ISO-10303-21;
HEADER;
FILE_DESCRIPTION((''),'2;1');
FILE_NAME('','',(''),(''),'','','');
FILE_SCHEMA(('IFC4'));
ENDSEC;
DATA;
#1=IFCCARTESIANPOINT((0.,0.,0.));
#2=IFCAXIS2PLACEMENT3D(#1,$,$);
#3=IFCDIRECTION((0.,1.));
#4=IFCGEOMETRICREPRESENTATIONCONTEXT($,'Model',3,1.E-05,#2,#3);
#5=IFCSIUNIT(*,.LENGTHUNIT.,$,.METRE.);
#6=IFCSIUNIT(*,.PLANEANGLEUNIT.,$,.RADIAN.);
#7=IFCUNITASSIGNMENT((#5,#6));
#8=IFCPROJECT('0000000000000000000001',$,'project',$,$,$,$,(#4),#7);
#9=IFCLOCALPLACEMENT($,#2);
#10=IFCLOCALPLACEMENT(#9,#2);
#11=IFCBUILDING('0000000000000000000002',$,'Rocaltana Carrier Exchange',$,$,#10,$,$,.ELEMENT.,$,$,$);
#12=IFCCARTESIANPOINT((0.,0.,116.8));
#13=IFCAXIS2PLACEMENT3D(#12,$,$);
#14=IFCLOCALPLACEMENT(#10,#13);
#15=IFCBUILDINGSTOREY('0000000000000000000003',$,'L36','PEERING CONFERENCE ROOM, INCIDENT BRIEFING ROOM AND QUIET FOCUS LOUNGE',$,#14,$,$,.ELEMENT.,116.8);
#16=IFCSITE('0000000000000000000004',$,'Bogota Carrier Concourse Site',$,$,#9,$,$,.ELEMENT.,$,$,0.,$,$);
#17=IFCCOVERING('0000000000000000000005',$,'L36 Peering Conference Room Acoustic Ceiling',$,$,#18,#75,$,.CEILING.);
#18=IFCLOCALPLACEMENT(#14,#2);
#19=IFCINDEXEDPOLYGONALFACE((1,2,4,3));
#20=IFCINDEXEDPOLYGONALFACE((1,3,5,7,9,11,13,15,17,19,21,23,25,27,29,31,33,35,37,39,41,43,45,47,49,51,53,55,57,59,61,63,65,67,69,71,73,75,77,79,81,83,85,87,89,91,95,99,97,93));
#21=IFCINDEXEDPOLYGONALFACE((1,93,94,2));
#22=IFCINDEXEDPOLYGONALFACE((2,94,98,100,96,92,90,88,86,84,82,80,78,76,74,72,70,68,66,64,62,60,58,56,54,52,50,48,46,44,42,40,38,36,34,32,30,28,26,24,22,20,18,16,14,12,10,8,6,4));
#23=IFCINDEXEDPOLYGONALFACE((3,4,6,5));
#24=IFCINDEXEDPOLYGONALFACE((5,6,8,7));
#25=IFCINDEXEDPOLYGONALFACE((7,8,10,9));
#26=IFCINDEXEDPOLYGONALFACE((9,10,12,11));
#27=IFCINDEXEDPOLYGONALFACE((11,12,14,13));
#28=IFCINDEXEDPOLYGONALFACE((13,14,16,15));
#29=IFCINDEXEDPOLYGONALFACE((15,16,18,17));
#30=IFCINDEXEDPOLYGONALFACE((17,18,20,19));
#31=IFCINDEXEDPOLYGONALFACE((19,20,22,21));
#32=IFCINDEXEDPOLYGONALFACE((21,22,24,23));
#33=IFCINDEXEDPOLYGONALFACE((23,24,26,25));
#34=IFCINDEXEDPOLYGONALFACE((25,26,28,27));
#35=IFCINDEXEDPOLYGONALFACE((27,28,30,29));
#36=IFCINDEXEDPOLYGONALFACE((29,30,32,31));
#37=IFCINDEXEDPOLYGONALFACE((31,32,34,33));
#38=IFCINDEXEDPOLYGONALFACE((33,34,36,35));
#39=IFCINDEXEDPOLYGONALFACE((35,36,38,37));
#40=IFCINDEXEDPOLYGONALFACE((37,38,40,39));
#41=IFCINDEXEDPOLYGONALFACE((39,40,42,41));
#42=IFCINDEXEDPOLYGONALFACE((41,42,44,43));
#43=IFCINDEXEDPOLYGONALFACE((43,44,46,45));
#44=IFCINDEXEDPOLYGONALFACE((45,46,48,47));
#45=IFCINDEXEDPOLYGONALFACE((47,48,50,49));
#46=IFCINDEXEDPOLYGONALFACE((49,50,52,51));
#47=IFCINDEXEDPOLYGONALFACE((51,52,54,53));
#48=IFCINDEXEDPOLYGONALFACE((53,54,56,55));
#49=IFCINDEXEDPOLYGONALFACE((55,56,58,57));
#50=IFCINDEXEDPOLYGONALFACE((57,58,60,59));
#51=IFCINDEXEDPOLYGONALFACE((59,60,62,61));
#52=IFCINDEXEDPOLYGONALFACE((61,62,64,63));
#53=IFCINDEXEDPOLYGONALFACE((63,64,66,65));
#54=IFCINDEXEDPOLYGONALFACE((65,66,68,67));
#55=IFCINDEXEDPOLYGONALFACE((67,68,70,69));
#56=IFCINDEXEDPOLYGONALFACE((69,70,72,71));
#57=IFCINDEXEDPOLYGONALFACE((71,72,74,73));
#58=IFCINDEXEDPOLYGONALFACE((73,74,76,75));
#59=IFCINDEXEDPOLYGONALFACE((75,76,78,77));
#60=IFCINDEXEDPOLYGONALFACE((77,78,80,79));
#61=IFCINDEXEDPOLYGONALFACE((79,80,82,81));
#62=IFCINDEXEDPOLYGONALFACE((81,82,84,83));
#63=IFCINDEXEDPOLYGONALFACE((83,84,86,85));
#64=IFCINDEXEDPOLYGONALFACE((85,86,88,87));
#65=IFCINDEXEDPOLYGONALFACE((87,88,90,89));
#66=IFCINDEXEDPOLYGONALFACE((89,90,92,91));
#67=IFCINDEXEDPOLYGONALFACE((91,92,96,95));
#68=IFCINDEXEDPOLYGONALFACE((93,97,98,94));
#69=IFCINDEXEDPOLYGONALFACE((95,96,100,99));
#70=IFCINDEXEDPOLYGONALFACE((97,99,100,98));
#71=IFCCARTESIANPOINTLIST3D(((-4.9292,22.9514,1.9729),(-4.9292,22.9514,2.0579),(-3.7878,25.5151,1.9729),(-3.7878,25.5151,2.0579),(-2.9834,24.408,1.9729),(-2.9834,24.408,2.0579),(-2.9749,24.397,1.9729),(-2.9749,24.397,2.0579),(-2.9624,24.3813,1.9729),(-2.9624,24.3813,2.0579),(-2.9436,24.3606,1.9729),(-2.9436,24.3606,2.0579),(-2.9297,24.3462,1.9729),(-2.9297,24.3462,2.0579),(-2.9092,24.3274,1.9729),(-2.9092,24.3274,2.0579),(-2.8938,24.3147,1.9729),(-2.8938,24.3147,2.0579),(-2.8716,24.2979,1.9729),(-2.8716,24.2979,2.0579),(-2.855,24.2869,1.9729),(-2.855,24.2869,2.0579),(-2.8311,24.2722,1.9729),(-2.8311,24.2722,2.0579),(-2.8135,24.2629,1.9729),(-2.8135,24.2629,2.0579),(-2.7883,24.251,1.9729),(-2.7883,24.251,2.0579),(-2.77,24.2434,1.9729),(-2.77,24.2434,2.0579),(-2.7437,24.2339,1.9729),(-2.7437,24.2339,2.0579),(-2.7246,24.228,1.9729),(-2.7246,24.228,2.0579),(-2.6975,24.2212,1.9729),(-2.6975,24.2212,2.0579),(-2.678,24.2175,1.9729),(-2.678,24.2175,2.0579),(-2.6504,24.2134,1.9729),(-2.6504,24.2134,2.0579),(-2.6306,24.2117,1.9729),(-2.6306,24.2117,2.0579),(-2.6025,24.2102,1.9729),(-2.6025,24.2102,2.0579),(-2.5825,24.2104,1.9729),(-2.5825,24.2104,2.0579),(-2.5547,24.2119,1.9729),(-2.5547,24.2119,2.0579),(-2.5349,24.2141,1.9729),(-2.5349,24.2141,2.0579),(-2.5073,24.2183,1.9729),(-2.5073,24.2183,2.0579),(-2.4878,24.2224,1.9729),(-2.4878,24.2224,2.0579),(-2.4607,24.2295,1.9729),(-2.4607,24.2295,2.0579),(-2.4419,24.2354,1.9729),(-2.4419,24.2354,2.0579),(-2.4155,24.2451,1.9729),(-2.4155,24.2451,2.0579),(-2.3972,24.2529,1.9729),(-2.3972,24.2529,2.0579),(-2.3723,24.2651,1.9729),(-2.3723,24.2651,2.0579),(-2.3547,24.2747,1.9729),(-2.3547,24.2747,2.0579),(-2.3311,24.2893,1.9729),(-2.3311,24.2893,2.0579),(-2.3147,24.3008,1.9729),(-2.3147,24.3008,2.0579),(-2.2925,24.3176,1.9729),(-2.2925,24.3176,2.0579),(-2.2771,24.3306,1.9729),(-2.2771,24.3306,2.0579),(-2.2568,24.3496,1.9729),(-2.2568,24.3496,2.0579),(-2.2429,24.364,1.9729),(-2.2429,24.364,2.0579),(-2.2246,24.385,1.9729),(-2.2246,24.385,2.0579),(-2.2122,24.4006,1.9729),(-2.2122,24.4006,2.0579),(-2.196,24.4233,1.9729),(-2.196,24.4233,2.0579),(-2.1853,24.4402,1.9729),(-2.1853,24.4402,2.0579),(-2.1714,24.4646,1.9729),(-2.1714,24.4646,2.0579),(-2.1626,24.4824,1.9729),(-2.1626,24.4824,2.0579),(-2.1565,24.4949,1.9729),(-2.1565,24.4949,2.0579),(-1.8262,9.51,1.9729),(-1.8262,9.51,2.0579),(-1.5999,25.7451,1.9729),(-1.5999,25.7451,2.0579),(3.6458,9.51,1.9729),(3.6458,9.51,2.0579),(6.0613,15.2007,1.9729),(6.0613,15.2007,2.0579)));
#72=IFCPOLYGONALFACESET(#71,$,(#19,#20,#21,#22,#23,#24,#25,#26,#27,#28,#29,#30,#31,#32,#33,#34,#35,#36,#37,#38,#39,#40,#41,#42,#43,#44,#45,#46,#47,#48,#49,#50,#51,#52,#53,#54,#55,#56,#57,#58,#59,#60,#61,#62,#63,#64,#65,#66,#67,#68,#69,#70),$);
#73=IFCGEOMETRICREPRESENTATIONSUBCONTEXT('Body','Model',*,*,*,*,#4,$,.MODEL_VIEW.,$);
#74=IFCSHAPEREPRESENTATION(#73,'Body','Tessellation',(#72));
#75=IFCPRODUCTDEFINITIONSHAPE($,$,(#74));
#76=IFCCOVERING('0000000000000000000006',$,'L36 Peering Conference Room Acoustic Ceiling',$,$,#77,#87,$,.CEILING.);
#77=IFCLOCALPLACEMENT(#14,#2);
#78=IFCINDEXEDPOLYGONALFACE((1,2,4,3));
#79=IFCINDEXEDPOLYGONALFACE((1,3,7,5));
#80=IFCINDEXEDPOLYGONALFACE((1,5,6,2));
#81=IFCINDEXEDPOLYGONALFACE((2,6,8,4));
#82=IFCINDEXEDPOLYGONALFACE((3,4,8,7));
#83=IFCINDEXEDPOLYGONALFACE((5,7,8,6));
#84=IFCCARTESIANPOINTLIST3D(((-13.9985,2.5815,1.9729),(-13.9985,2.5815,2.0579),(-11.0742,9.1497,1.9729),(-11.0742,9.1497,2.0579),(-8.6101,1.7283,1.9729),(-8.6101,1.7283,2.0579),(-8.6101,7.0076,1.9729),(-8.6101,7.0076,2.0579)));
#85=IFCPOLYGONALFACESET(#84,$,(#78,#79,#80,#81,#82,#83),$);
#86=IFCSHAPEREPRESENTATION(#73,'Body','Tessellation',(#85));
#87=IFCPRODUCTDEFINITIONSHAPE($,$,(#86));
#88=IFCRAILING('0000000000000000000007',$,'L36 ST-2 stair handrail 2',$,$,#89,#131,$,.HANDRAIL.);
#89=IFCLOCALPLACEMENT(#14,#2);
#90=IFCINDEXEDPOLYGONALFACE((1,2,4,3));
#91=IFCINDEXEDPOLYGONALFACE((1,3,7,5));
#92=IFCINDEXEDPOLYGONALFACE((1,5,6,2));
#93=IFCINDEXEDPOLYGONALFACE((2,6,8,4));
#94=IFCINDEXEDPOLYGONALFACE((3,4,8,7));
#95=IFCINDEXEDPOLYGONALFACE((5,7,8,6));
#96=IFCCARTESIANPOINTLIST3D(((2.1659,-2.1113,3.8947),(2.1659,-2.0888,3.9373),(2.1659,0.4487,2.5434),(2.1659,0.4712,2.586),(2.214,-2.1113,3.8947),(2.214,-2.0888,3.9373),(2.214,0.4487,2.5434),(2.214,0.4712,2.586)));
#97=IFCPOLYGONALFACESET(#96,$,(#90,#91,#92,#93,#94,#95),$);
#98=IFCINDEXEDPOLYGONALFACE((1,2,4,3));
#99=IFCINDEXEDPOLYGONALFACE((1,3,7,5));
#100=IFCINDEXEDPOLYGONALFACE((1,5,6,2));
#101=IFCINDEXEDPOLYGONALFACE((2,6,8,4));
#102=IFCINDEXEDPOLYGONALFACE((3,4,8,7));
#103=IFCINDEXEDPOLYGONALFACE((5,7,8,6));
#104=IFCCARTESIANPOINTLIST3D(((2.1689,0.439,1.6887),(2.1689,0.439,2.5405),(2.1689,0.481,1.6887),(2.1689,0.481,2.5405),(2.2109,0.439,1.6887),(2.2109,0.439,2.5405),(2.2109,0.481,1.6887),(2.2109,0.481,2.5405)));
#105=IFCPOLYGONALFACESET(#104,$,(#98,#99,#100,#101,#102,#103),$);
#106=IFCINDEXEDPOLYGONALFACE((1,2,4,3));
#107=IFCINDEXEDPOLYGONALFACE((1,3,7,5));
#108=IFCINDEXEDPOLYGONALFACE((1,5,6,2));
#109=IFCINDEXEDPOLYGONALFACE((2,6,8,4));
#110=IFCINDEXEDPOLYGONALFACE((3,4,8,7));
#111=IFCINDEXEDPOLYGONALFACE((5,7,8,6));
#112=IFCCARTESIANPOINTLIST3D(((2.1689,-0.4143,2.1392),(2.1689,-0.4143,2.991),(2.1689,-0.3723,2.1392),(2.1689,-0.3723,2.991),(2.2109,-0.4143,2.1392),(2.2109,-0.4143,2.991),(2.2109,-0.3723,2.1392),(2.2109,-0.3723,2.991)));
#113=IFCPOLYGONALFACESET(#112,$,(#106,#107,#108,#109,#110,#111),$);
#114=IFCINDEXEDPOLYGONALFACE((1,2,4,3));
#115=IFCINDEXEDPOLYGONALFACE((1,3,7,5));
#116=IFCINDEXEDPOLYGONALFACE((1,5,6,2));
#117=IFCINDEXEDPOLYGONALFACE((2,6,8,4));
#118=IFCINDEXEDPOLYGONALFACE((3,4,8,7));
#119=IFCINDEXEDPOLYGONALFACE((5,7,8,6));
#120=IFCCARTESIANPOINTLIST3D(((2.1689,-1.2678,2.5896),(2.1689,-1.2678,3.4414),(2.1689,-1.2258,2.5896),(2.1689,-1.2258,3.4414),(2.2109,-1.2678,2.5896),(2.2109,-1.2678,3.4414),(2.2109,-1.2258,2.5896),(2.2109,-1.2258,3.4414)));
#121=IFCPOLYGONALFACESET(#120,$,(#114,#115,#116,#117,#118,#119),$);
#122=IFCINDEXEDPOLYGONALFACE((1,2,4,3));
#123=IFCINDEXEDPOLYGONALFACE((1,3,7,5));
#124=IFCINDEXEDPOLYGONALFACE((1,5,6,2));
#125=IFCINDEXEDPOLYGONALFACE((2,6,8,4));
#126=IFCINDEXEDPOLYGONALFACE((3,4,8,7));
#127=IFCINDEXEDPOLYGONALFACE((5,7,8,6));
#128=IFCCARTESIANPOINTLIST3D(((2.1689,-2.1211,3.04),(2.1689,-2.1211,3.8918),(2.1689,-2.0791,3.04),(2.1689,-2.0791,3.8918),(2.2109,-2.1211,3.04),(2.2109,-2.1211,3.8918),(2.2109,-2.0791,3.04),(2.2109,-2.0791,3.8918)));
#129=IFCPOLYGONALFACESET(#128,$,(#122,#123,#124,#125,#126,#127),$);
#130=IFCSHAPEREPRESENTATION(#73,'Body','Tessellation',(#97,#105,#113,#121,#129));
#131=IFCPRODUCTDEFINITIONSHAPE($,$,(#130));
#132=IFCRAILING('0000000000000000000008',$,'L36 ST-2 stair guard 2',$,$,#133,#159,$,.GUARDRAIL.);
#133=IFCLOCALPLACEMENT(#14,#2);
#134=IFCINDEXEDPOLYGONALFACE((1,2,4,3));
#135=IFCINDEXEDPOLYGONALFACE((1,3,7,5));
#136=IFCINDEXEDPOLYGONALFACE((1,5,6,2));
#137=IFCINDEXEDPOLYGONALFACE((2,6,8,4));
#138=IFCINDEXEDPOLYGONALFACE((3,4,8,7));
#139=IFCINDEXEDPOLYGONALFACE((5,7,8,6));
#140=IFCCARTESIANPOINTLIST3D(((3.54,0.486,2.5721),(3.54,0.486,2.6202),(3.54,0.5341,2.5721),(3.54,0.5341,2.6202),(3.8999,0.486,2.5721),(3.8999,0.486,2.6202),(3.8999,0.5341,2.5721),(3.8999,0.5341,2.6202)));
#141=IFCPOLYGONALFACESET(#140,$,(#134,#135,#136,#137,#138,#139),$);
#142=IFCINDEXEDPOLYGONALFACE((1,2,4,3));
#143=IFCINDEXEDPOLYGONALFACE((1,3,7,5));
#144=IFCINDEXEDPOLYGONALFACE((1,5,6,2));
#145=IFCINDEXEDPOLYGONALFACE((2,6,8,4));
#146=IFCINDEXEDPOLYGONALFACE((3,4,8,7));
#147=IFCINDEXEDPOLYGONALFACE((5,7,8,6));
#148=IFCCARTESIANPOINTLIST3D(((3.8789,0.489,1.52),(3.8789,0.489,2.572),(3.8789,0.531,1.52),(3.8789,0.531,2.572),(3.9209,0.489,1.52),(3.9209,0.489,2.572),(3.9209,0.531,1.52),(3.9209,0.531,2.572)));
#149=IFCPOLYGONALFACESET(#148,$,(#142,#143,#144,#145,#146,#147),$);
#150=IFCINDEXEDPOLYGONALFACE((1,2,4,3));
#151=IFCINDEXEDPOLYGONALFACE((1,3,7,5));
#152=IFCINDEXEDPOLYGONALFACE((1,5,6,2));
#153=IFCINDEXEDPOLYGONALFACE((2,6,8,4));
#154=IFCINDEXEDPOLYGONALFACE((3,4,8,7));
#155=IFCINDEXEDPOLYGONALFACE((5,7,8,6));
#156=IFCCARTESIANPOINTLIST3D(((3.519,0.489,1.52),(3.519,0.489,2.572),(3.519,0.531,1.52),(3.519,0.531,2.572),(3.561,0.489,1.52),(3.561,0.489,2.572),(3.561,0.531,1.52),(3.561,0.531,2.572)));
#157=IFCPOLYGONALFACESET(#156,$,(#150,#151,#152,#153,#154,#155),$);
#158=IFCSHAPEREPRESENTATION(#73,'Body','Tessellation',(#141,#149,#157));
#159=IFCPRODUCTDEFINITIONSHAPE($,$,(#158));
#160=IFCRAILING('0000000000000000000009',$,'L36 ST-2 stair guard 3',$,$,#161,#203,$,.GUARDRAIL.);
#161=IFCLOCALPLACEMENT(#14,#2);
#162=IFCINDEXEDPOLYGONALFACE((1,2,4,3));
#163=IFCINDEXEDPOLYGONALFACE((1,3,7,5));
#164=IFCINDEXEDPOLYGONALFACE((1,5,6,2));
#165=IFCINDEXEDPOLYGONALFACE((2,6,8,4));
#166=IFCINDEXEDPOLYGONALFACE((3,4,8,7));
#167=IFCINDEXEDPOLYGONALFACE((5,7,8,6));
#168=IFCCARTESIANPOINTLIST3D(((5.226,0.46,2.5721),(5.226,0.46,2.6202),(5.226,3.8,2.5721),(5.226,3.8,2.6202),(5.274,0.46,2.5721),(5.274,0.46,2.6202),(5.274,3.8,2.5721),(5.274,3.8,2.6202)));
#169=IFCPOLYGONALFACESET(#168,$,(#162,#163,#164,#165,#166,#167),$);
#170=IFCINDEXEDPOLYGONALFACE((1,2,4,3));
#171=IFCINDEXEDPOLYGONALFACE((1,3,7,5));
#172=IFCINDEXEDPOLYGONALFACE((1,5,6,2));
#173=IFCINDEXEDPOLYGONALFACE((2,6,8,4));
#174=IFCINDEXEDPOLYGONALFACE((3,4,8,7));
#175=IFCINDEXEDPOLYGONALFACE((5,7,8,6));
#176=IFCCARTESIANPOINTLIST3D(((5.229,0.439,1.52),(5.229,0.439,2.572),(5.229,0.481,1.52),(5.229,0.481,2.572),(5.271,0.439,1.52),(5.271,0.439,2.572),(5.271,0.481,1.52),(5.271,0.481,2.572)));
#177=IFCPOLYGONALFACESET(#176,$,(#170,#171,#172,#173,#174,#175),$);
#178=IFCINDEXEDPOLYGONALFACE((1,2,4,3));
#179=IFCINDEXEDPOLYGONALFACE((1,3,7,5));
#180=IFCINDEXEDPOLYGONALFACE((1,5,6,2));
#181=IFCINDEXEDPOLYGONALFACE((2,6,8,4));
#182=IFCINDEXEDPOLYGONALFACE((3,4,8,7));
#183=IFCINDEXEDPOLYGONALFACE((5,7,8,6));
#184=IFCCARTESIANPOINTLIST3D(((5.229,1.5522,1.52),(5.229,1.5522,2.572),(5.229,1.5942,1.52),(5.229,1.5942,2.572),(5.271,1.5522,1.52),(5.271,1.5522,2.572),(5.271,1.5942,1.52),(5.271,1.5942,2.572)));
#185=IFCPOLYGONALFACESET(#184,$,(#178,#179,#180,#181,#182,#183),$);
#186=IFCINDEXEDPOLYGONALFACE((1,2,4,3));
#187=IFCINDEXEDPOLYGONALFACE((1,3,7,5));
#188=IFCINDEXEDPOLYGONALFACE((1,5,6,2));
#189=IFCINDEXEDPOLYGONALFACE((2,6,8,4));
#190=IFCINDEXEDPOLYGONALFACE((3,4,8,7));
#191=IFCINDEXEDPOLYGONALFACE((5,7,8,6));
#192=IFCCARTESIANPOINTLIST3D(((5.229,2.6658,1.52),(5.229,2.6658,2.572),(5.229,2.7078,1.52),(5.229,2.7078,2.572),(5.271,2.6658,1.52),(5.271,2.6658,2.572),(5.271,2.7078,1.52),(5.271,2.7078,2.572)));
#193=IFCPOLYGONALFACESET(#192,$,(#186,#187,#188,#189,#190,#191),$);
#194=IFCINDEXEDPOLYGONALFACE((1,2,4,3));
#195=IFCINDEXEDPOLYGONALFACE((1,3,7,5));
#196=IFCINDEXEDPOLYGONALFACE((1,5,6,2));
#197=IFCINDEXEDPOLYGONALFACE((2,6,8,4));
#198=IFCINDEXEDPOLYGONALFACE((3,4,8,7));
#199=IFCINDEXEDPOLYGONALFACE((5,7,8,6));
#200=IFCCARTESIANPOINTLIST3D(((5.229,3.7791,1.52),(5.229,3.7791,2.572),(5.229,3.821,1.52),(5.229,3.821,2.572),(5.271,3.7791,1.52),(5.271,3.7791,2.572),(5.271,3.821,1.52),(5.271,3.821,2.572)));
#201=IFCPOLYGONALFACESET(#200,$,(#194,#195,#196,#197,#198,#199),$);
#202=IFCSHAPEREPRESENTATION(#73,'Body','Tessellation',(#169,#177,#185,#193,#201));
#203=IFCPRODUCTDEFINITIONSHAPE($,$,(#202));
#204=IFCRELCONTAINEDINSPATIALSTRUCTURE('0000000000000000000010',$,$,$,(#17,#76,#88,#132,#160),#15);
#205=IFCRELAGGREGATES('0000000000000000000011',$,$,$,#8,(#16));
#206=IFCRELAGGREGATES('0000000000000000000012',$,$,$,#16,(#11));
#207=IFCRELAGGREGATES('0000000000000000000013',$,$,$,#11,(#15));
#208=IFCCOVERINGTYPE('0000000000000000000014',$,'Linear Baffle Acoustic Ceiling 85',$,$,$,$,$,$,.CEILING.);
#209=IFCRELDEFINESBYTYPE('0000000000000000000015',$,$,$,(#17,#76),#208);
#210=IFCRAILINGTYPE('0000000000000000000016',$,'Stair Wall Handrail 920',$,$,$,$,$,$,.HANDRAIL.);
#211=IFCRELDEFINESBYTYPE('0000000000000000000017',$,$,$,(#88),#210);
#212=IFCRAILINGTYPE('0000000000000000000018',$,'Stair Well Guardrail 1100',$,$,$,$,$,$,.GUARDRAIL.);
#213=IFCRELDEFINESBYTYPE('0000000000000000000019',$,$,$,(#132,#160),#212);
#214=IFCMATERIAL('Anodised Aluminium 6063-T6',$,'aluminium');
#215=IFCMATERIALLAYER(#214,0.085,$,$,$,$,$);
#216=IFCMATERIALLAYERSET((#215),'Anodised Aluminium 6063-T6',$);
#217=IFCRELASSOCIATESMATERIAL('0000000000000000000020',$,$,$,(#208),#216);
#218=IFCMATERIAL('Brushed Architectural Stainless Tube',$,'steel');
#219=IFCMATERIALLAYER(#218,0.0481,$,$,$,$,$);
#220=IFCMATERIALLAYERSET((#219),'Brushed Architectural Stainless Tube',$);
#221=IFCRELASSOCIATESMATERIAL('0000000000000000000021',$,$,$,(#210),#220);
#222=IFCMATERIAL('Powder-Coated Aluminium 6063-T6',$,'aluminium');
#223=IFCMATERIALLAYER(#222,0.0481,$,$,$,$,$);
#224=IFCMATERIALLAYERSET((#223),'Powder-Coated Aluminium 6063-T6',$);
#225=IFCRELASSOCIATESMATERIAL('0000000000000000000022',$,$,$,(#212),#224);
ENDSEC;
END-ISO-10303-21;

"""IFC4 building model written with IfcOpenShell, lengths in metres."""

from ifc_helpers import new_model, si_unit, direction, frame, origin, origin_2d, place, context, subcontext, project, spatial, polyline, rectangle, outline, extrude, material, layer, layer_set, type_object, element, save


model = new_model("IFC4")

# Units and contexts
model_context = context("Model", 3, precision=1e-05, world=origin(), true_north=direction((0.0, 1.0)))
body_context = subcontext(model_context, "Body", "Model", "MODEL_VIEW")
ifc_project = project(units=[si_unit("LENGTHUNIT", "METRE"), si_unit("PLANEANGLEUNIT", "RADIAN")], contexts=[model_context])

# Site, building, storey
site_placement = place(None, origin())
site = spatial("IfcSite", under=ifc_project, at=site_placement, Name="Bogota Carrier Concourse Site", CompositionType="ELEMENT", RefElevation=0.0)
building_placement = place(site_placement, origin())
building = spatial("IfcBuilding", under=site, at=building_placement, Name="Rocaltana Carrier Exchange", CompositionType="ELEMENT")
storey_placement = place(building_placement, frame((0.0, 0.0, 116.8)))
storey = spatial("IfcBuildingStorey", under=building, at=storey_placement, Name="L36", Description="PEERING CONFERENCE ROOM, INCIDENT BRIEFING ROOM AND QUIET FOCUS LOUNGE", CompositionType="ELEMENT", Elevation=116.8)

# Coverings
ifc_material_1 = material(Name="Anodised Aluminium 6063-T6", Category="aluminium")
ifc_layer_1 = layer(ifc_material_1, 0.085)
ifc_layer_set_1 = layer_set([ifc_layer_1], Name="Anodised Aluminium 6063-T6")
covering_type_1 = type_object("IfcCoveringType", Name="Linear Baffle Acoustic Ceiling 85", PredefinedType="CEILING", material=ifc_layer_set_1)
covering_1_placement = place(storey_placement, frame((0.0, 0.0, 1.9729)))
element("IfcCovering", 1, at=covering_1_placement, inside=storey, type_object=covering_type_1, Name="L36 Peering Conference Room Acoustic Ceiling", PredefinedType="CEILING", context=body_context, shape_type="SweptSolid", body=[
    extrude(outline(polyline([(-3.7878, 25.5151), (-2.9834, 24.408), (-2.9749, 24.397), (-2.9624, 24.3813), (-2.9436, 24.3606), (-2.9297, 24.3462), (-2.9092, 24.3274), (-2.8938, 24.3147), (-2.8716, 24.2979), (-2.855, 24.2869), (-2.8311, 24.2722), (-2.8135, 24.2629), (-2.7883, 24.251), (-2.77, 24.2434), (-2.7437, 24.2339), (-2.7246, 24.228), (-2.6975, 24.2212), (-2.678, 24.2175), (-2.6504, 24.2134), (-2.6306, 24.2117), (-2.6025, 24.2102), (-2.5825, 24.2104), (-2.5547, 24.2119), (-2.5349, 24.2141), (-2.5073, 24.2183), (-2.4878, 24.2224), (-2.4607, 24.2295), (-2.4419, 24.2354), (-2.4155, 24.2451), (-2.3972, 24.2529), (-2.3723, 24.2651), (-2.3547, 24.2747), (-2.3311, 24.2893), (-2.3147, 24.3008), (-2.2925, 24.3176), (-2.2771, 24.3306), (-2.2568, 24.3496), (-2.2429, 24.364), (-2.2246, 24.385), (-2.2122, 24.4006), (-2.196, 24.4233), (-2.1853, 24.4402), (-2.1714, 24.4646), (-2.1626, 24.4824), (-2.1565, 24.4949), (-1.5999, 25.7451), (6.0613, 15.2007), (3.6458, 9.51), (-1.8262, 9.51), (-4.9292, 22.9514), (-3.7878, 25.5151)])), origin(), (0.0, 0.0, 1.0), 0.085),
])
covering_2_placement = place(storey_placement, frame((0.0, 0.0, 1.9729)))
element("IfcCovering", 2, at=covering_2_placement, inside=storey, type_object=covering_type_1, Name="L36 Peering Conference Room Acoustic Ceiling", PredefinedType="CEILING", context=body_context, shape_type="SweptSolid", body=[
    extrude(outline(polyline([(-11.0742, 9.1497), (-8.6101, 7.0076), (-8.6101, 1.7283), (-13.9985, 2.5815), (-11.0742, 9.1497)])), origin(), (0.0, 0.0, 1.0), 0.085),
])

# Railings
ifc_material_2 = material(Name="Brushed Architectural Stainless Tube", Category="steel")
ifc_layer_2 = layer(ifc_material_2, 0.0481)
ifc_layer_set_2 = layer_set([ifc_layer_2], Name="Brushed Architectural Stainless Tube")
railing_type_1 = type_object("IfcRailingType", Name="Stair Wall Handrail 920", PredefinedType="HANDRAIL", material=ifc_layer_set_2)
railing_1_placement = place(storey_placement, frame((2.1899, 0.46, 1.6887)))
element("IfcRailing", 3, at=railing_1_placement, inside=storey, type_object=railing_type_1, Name="L36 ST-2 stair handrail 2", PredefinedType="HANDRAIL", context=body_context, shape_type="SweptSolid", body=[
    extrude(rectangle(XDim=0.0481, YDim=0.0481, at=origin_2d()), frame((0.0, 0.0, 0.876), z_axis=(0.0, -0.88436, 0.466806), x_axis=(1.0, 0.0, 0.0)), (0.0, 0.0, 1.0), 2.8948),
    extrude(rectangle(XDim=0.042, YDim=0.042, at=origin_2d()), origin(), (0.0, 0.0, 1.0), 0.8518),
    extrude(rectangle(XDim=0.042, YDim=0.042, at=origin_2d()), frame((0.0, -0.8533, 0.4504)), (0.0, 0.0, 1.0), 0.8518),
    extrude(rectangle(XDim=0.042, YDim=0.042, at=origin_2d()), frame((0.0, -1.7068, 0.9009)), (0.0, 0.0, 1.0), 0.8518),
    extrude(rectangle(XDim=0.042, YDim=0.042, at=origin_2d()), frame((0.0, -2.5601, 1.3513)), (0.0, 0.0, 1.0), 0.8518),
])
ifc_material_3 = material(Name="Powder-Coated Aluminium 6063-T6", Category="aluminium")
ifc_layer_3 = layer(ifc_material_3, 0.0481)
ifc_layer_set_3 = layer_set([ifc_layer_3], Name="Powder-Coated Aluminium 6063-T6")
railing_type_2 = type_object("IfcRailingType", Name="Stair Well Guardrail 1100", PredefinedType="GUARDRAIL", material=ifc_layer_set_3)
railing_2_placement = place(storey_placement, frame((3.8999, 0.51, 1.52)))
element("IfcRailing", 4, at=railing_2_placement, inside=storey, type_object=railing_type_2, Name="L36 ST-2 stair guard 2", PredefinedType="GUARDRAIL", context=body_context, shape_type="SweptSolid", body=[
    extrude(rectangle(XDim=0.0481, YDim=0.0481, at=origin_2d()), frame((0.0, 0.0, 1.0762), z_axis=(-1.0, 0.0, 0.0), x_axis=(0.0, -1.0, 0.0)), (0.0, 0.0, 1.0), 0.3599),
    extrude(rectangle(XDim=0.042, YDim=0.042, at=origin_2d()), origin(), (0.0, 0.0, 1.0), 1.052),
    extrude(rectangle(XDim=0.042, YDim=0.042, at=origin_2d()), frame((-0.3599, 0.0, 0.0)), (0.0, 0.0, 1.0), 1.052),
])
for number, where, name in (
    (5, (5.25, 0.46, 1.52), "L36 ST-2 stair guard 3"),
):
    element("IfcRailing", number, at=place(storey_placement, frame(where)), inside=storey, type_object=railing_type_2, Name=name, PredefinedType="GUARDRAIL", context=body_context, shape_type="SweptSolid", body=[
        extrude(rectangle(XDim=0.0481, YDim=0.0481, at=origin_2d()), frame((0.0, 0.0, 1.0762), z_axis=(0.0, 1.0, 0.0), x_axis=(-1.0, 0.0, 0.0)), (0.0, 0.0, 1.0), 3.3401),
        extrude(rectangle(XDim=0.042, YDim=0.042, at=origin_2d()), origin(), (0.0, 0.0, 1.0), 1.052),
        extrude(rectangle(XDim=0.042, YDim=0.042, at=origin_2d()), frame((0.0, 1.1133, 0.0)), (0.0, 0.0, 1.0), 1.052),
        extrude(rectangle(XDim=0.042, YDim=0.042, at=origin_2d()), frame((0.0, 2.2268, 0.0)), (0.0, 0.0, 1.0), 1.052),
        extrude(rectangle(XDim=0.042, YDim=0.042, at=origin_2d()), frame((0.0, 3.3401, 0.0)), (0.0, 0.0, 1.0), 1.052),
    ])

save(model, "model.ifc")
